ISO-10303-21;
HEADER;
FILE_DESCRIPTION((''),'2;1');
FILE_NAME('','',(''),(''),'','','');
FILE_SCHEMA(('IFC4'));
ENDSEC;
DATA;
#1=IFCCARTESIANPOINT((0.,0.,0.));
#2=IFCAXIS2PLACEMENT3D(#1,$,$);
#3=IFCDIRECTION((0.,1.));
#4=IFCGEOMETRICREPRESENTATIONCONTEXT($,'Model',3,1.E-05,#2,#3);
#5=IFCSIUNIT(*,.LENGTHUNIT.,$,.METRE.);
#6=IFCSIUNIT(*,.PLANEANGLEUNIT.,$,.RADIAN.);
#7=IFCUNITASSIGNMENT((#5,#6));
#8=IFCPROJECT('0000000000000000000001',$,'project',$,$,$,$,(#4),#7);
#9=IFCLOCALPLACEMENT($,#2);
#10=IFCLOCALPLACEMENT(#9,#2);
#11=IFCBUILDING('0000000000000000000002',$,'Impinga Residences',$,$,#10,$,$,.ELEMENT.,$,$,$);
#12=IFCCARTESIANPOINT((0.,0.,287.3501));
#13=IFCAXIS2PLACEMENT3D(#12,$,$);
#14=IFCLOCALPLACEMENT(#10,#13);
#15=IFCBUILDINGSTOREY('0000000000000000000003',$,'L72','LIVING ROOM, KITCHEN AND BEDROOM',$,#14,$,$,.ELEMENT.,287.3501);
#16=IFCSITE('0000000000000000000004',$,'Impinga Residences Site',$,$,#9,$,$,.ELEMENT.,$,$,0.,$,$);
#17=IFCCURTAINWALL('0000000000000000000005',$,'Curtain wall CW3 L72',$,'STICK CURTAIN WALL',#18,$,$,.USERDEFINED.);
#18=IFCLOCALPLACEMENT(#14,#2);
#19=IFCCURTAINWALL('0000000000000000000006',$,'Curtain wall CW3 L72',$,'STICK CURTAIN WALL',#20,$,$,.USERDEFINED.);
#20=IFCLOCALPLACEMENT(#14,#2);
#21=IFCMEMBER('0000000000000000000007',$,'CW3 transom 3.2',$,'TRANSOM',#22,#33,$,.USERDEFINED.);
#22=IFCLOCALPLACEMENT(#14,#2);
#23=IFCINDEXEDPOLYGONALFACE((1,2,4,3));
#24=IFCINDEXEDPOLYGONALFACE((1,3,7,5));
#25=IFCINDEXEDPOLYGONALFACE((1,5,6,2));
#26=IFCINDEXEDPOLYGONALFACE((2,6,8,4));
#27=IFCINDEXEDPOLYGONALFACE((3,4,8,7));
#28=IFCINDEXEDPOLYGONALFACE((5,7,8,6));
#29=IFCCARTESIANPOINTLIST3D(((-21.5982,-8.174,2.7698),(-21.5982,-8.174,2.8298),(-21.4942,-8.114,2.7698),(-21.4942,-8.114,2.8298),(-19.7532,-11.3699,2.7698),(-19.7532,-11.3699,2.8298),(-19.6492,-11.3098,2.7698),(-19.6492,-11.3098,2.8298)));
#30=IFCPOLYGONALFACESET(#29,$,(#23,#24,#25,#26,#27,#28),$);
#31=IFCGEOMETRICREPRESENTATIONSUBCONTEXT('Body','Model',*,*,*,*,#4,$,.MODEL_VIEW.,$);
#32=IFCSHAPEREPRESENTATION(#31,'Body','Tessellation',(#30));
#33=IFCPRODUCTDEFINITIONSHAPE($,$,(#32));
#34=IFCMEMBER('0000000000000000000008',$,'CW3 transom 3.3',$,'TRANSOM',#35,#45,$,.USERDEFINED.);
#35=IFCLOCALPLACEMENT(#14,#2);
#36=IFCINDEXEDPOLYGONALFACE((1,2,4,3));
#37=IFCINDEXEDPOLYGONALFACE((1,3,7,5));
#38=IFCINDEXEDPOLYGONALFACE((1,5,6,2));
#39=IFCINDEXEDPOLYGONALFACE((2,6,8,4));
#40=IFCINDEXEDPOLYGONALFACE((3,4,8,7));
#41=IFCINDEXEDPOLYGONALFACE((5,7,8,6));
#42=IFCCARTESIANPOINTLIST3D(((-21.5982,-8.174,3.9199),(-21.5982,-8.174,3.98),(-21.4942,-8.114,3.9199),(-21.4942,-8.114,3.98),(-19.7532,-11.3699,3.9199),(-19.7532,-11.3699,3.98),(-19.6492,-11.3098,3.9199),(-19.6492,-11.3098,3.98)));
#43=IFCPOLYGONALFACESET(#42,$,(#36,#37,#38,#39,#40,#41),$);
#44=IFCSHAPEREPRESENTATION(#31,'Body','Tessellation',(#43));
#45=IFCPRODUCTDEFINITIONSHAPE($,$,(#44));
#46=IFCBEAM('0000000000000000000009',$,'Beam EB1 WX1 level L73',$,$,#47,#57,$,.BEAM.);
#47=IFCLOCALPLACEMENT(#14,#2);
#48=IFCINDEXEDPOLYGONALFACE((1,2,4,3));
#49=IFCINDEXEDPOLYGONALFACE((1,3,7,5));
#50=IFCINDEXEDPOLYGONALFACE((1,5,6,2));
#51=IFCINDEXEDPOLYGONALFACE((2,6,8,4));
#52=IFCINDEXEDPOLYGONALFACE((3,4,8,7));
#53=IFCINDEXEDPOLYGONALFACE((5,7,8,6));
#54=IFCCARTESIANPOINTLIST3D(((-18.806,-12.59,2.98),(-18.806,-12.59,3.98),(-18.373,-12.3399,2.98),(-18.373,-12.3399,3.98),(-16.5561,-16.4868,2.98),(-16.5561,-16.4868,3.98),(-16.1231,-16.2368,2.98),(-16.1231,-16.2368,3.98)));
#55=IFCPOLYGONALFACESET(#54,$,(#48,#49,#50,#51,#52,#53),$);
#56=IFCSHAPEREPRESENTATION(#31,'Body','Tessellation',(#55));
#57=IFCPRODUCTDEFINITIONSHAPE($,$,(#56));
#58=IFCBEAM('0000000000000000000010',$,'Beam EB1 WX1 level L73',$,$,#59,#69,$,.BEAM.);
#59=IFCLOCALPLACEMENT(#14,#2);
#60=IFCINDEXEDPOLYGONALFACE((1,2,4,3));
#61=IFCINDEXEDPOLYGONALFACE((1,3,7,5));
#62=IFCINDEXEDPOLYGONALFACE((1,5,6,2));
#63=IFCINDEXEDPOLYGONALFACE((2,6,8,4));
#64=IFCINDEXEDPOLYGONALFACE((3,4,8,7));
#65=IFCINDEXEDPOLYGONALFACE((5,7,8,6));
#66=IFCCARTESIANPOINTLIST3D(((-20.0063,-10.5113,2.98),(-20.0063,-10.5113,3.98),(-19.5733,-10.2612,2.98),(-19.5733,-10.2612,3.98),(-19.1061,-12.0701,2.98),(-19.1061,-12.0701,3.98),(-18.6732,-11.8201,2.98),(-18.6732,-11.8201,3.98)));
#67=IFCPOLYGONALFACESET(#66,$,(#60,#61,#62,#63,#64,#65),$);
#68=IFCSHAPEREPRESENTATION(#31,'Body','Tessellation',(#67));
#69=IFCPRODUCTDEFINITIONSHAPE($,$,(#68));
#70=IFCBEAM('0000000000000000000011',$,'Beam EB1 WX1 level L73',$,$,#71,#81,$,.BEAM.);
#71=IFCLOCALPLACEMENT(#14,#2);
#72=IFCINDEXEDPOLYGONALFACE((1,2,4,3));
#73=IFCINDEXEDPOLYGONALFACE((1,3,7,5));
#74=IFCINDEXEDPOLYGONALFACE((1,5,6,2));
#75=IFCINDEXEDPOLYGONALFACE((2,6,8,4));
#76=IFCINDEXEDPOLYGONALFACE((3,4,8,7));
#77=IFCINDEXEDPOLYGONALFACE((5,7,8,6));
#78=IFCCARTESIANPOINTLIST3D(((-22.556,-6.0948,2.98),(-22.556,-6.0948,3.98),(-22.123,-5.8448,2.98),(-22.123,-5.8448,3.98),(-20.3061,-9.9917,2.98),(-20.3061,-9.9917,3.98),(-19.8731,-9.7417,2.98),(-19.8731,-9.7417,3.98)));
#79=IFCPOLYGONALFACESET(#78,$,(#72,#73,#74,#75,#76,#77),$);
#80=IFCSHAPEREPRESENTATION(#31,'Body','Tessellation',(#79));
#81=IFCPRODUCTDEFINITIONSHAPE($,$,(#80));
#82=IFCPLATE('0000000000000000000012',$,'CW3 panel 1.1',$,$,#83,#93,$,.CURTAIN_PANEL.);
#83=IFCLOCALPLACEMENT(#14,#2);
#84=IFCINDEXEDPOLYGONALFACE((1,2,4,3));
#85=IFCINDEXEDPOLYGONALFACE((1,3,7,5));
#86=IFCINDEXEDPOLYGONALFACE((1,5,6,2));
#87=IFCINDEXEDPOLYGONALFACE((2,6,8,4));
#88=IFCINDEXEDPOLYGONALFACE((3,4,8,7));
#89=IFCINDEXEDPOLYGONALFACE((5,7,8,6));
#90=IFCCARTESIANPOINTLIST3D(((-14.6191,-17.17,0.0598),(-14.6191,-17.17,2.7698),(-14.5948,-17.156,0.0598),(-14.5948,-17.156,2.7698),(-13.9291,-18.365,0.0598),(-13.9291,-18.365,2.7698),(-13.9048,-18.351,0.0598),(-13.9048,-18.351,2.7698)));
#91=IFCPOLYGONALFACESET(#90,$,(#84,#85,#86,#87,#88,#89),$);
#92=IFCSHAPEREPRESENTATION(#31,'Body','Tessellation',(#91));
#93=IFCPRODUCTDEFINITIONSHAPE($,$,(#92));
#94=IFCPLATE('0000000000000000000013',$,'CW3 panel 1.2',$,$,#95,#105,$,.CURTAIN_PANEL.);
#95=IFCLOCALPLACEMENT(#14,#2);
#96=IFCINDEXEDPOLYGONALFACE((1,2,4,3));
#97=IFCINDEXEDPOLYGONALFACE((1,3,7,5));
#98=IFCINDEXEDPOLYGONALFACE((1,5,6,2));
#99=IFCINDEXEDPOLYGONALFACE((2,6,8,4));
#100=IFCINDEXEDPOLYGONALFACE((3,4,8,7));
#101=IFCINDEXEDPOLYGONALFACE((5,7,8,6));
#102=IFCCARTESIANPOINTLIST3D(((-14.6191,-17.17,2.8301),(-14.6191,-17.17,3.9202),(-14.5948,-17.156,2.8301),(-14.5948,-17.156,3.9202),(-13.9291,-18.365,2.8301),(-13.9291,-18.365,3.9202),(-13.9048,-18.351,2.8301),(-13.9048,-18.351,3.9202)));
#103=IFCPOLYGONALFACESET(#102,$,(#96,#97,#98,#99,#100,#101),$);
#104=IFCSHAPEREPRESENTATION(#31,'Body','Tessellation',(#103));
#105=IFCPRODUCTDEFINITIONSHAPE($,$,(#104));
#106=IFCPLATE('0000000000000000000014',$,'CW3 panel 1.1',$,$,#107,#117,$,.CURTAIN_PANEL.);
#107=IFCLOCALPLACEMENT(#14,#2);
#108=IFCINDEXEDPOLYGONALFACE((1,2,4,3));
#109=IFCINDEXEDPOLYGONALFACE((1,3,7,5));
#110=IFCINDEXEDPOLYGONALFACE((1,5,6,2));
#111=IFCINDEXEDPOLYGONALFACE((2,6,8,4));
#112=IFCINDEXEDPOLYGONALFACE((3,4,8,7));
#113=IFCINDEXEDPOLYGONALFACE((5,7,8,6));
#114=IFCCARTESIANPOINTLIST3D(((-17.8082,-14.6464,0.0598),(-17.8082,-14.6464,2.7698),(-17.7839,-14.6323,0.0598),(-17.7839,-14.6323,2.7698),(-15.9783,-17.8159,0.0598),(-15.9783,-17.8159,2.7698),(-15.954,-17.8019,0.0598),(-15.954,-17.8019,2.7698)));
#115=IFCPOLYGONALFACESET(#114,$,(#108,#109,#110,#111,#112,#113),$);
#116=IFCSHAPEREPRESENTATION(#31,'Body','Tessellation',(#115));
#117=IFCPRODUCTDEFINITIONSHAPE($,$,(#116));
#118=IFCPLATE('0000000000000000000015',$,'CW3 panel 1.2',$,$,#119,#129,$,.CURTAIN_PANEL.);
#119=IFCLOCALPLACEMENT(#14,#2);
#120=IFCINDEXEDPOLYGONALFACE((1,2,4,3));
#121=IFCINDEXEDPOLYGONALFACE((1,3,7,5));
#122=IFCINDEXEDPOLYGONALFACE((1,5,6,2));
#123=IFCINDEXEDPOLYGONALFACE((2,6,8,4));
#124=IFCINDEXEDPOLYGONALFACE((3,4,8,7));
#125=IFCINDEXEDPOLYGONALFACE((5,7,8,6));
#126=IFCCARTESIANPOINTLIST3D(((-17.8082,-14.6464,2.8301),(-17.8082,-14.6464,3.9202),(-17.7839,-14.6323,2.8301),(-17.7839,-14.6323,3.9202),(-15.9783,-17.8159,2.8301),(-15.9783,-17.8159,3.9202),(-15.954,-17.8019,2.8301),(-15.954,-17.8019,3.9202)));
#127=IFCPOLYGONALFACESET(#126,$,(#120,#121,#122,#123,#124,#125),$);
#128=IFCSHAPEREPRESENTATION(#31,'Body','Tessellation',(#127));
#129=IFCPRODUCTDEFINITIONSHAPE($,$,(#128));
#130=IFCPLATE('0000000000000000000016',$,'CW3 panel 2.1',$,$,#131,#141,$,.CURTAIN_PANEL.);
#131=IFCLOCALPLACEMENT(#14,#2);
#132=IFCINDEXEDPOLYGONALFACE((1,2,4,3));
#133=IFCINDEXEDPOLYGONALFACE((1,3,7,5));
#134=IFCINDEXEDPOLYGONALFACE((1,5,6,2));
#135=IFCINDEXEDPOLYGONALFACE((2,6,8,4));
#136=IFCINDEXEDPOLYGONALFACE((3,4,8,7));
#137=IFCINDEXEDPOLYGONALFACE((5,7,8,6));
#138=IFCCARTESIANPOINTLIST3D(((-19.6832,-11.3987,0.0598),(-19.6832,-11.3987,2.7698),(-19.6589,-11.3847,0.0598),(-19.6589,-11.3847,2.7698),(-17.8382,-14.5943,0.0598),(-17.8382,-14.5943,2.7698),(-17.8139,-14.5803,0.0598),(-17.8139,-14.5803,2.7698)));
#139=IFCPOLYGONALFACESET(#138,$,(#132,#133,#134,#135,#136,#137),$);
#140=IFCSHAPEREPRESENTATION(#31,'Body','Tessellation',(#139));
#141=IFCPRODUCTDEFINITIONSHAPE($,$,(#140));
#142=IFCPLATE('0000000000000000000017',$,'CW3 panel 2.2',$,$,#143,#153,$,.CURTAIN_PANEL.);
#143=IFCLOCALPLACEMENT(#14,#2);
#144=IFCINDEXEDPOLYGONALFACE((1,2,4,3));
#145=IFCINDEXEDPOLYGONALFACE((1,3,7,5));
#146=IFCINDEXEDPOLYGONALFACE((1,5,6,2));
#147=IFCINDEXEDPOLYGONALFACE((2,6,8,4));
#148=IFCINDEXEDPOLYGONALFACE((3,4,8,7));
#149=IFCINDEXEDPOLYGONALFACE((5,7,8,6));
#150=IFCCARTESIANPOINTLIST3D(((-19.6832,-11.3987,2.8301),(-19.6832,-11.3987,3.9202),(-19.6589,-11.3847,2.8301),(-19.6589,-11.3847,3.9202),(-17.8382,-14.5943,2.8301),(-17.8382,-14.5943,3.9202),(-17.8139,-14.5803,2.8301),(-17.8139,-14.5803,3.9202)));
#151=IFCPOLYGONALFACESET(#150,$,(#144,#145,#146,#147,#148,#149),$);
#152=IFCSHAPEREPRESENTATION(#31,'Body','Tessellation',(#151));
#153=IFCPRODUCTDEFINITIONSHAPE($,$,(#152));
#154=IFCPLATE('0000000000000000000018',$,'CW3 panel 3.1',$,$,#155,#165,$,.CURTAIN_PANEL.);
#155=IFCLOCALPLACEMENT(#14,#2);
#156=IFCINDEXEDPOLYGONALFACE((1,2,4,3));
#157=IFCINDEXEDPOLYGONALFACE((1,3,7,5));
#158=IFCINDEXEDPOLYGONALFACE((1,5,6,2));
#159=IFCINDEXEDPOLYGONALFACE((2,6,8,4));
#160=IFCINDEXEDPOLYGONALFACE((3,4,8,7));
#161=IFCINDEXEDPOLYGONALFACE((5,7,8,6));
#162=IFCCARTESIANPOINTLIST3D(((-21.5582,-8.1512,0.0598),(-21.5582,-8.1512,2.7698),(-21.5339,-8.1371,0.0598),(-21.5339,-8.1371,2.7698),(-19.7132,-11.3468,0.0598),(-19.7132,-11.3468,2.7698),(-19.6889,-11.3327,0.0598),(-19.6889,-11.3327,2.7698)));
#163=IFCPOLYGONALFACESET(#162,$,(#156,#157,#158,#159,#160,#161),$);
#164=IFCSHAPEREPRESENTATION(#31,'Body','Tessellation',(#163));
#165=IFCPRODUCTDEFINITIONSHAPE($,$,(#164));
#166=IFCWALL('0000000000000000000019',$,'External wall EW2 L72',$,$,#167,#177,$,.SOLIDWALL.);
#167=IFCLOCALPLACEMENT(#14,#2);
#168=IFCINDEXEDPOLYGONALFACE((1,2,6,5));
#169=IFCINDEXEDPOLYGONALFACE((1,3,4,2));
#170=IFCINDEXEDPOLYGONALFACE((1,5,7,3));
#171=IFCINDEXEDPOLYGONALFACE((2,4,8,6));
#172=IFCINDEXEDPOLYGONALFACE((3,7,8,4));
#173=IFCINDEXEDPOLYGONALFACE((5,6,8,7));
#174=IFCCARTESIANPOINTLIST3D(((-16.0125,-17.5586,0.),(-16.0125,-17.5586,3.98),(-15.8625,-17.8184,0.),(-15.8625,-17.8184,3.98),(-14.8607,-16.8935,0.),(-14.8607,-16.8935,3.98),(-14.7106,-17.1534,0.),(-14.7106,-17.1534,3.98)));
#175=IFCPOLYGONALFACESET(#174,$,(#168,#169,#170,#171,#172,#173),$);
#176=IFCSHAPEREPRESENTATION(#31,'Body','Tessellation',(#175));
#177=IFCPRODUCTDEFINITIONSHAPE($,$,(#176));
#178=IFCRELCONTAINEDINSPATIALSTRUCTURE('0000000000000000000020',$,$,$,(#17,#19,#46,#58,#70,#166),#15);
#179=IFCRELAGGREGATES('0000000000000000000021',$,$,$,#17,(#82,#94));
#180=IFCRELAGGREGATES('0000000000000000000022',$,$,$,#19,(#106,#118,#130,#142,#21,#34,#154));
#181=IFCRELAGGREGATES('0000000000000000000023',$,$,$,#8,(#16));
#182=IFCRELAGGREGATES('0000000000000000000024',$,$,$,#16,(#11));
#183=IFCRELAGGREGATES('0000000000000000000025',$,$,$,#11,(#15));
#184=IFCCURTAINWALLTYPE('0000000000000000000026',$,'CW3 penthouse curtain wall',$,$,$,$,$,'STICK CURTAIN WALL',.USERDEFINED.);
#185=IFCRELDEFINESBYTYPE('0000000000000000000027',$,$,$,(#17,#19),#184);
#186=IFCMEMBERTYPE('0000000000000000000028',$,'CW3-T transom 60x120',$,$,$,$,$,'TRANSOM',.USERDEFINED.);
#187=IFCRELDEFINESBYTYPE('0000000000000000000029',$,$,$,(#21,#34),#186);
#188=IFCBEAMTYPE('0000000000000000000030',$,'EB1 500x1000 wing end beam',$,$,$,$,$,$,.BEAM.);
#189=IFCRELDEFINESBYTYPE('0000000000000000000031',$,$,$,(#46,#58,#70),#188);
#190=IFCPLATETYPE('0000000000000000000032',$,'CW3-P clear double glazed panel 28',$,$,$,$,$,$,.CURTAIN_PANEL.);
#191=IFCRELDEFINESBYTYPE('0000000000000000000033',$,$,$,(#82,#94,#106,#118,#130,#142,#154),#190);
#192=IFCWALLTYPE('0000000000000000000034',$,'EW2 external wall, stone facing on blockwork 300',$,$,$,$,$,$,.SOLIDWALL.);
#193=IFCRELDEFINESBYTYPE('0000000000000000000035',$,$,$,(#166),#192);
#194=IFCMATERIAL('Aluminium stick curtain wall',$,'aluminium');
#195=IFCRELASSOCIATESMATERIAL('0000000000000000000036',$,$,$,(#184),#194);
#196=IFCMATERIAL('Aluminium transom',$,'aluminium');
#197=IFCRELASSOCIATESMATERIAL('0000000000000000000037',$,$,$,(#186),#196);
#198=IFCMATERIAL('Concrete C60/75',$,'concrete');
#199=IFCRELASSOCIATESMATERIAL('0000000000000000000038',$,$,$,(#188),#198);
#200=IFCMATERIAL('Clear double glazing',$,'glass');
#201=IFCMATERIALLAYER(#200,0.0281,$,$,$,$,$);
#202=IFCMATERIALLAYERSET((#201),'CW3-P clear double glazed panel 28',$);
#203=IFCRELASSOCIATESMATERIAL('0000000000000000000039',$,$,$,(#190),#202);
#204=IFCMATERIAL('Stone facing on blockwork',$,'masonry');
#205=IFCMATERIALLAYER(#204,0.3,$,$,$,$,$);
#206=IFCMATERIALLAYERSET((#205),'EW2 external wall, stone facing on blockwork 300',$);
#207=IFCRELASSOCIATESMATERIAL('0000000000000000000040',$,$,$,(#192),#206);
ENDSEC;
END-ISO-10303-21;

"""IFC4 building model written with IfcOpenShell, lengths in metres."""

from ifc_helpers import new_model, si_unit, direction, frame, frame_2d, origin, origin_2d, place, context, subcontext, project, spatial, rectangle, extrude, material, layer, layer_set, material_profile, profile_set, type_object, element, aggregate, save


model = new_model("IFC4")

# Units and contexts
model_context = context("Model", 3, precision=1e-05, world=origin(), true_north=direction((0.0, 1.0)))
body_context = subcontext(model_context, "Body", "Model", "MODEL_VIEW")
ifc_project = project(units=[si_unit("LENGTHUNIT", "METRE"), si_unit("PLANEANGLEUNIT", "RADIAN")], contexts=[model_context])

# Site, building, storey
site_placement = place(None, origin())
site = spatial("IfcSite", under=ifc_project, at=site_placement, Name="Impinga Residences Site", CompositionType="ELEMENT", RefElevation=0.0)
building_placement = place(site_placement, origin())
building = spatial("IfcBuilding", under=site, at=building_placement, Name="Impinga Residences", CompositionType="ELEMENT")
storey_placement = place(building_placement, frame((0.0, 0.0, 287.3501)))
storey = spatial("IfcBuildingStorey", under=building, at=storey_placement, Name="L72", Description="LIVING ROOM, KITCHEN AND BEDROOM", CompositionType="ELEMENT", Elevation=287.3501)

# Shared definitions
ifc_material_1 = material(Name="Concrete C60/75", Category="concrete")

# Curtain wall
ifc_material_2 = material(Name="Aluminium stick curtain wall", Category="aluminium")
curtain_wall_type = type_object("IfcCurtainWallType", Name="CW3 penthouse curtain wall", ElementType="STICK CURTAIN WALL", PredefinedType="USERDEFINED", material=ifc_material_2)
curtain_wall_1_placement = place(storey_placement, origin())
curtain_wall_1 = element("IfcCurtainWall", 1, at=curtain_wall_1_placement, inside=storey, type_object=curtain_wall_type, Name="Curtain wall CW3 L72", ObjectType="STICK CURTAIN WALL", PredefinedType="USERDEFINED")

# Curtain wall
curtain_wall_2_placement = place(storey_placement, origin())
curtain_wall_2 = element("IfcCurtainWall", 2, at=curtain_wall_2_placement, inside=storey, type_object=curtain_wall_type, Name="Curtain wall CW3 L72", ObjectType="STICK CURTAIN WALL", PredefinedType="USERDEFINED")

# Members
ifc_material_3 = material(Name="Aluminium transom", Category="aluminium")
ifc_material_profile_1 = material_profile(ifc_material_3, rectangle(XDim=0.0601, YDim=0.1201, at=origin_2d()), Name="60x120 transom")
ifc_profile_set_1 = profile_set([ifc_material_profile_1], Name="Aluminium transom")
member_type_1 = type_object("IfcMemberType", Name="CW3-T transom 60x120", ElementType="TRANSOM", PredefinedType="USERDEFINED", material=ifc_profile_set_1)
member_1_placement = place(storey_placement, frame((-19.7012, -11.3398, 2.7998), z_axis=(-0.499974, 0.86604, 0.0), x_axis=(0.0, 0.0, 1.0)))
member_1 = element("IfcMember", 3, at=member_1_placement, type_object=member_type_1, Name="CW3 transom 3.2", ObjectType="TRANSOM", PredefinedType="USERDEFINED", context=body_context, shape_type="SweptSolid", body=[
    extrude(rectangle(XDim=0.0601, YDim=0.1201, at=origin_2d()), origin(), (0.0, 0.0, 1.0), 3.6902),
])
member_2_placement = place(storey_placement, frame((-19.7012, -11.3398, 3.95), z_axis=(-0.499974, 0.86604, 0.0), x_axis=(0.0, 0.0, 1.0)))
member_2 = element("IfcMember", 4, at=member_2_placement, type_object=member_type_1, Name="CW3 transom 3.3", ObjectType="TRANSOM", PredefinedType="USERDEFINED", context=body_context, shape_type="SweptSolid", body=[
    extrude(rectangle(XDim=0.0601, YDim=0.1201, at=origin_2d()), origin(), (0.0, 0.0, 1.0), 3.6902),
])

# Beams
ifc_material_profile_2 = material_profile(ifc_material_1, rectangle(XDim=0.5, YDim=1.0, at=origin_2d()), Name="RC 500x1000")
ifc_profile_set_2 = profile_set([ifc_material_profile_2], Name="Concrete C60/75")
beam_type_1 = type_object("IfcBeamType", Name="EB1 500x1000 wing end beam", PredefinedType="BEAM", material=ifc_profile_set_2)
beam_1_placement = place(storey_placement, frame((-16.3396, -16.3618, 3.48), z_axis=(-0.500014, 0.866018, 0.0), x_axis=(-0.866018, -0.500014, 0.0)))
element("IfcBeam", 5, at=beam_1_placement, inside=storey, type_object=beam_type_1, Name="Beam EB1 WX1 level L73", PredefinedType="BEAM", context=body_context, shape_type="SweptSolid", body=[
    extrude(rectangle(XDim=0.5, YDim=1.0, at=origin_2d()), origin(), (0.0, 0.0, 1.0), 4.4998),
])
beam_2_placement = place(storey_placement, frame((-18.8896, -11.9451, 3.48), z_axis=(-0.500063, 0.865989, 0.0), x_axis=(-0.865989, -0.500063, 0.0)))
element("IfcBeam", 6, at=beam_2_placement, inside=storey, type_object=beam_type_1, Name="Beam EB1 WX1 level L73", PredefinedType="BEAM", context=body_context, shape_type="SweptSolid", body=[
    extrude(rectangle(XDim=0.5, YDim=1.0, at=origin_2d()), origin(), (0.0, 0.0, 1.0), 1.8),
])
beam_3_placement = place(storey_placement, frame((-20.0896, -9.8667, 3.48), z_axis=(-0.500014, 0.866018, 0.0), x_axis=(-0.866018, -0.500014, 0.0)))
element("IfcBeam", 7, at=beam_3_placement, inside=storey, type_object=beam_type_1, Name="Beam EB1 WX1 level L73", PredefinedType="BEAM", context=body_context, shape_type="SweptSolid", body=[
    extrude(rectangle(XDim=0.5, YDim=1.0, at=origin_2d()), origin(), (0.0, 0.0, 1.0), 4.4998),
])

# Plates
ifc_material_4 = material(Name="Clear double glazing", Category="glass")
ifc_layer_1 = layer(ifc_material_4, 0.0281)
ifc_layer_set_1 = layer_set([ifc_layer_1], Name="CW3-P clear double glazed panel 28")
plate_type = type_object("IfcPlateType", Name="CW3-P clear double glazed panel 28", PredefinedType="CURTAIN_PANEL", material=ifc_layer_set_1)
plate_1_placement = place(storey_placement, frame((-14.262, -17.7605, 0.0598), z_axis=(0.0, 0.0, 1.0), x_axis=(-0.5, 0.866025, 0.0)))
plate_1 = element("IfcPlate", 8, at=plate_1_placement, type_object=plate_type, Name="CW3 panel 1.1", PredefinedType="CURTAIN_PANEL", context=body_context, shape_type="SweptSolid", body=[
    extrude(rectangle(XDim=1.3799, YDim=0.0281, at=origin_2d()), origin(), (0.0, 0.0, 1.0), 2.71),
])
plate_2_placement = place(storey_placement, frame((-14.262, -17.7605, 2.8301), z_axis=(0.0, 0.0, 1.0), x_axis=(-0.5, 0.866025, 0.0)))
plate_2 = element("IfcPlate", 9, at=plate_2_placement, type_object=plate_type, Name="CW3 panel 1.2", PredefinedType="CURTAIN_PANEL", context=body_context, shape_type="SweptSolid", body=[
    extrude(rectangle(XDim=1.3799, YDim=0.0281, at=origin_2d()), origin(), (0.0, 0.0, 1.0), 1.0901),
])
aggregate(curtain_wall_1, [plate_1, plate_2])
plate_3_placement = place(storey_placement, frame((-16.8811, -16.2241, 0.0598), z_axis=(0.0, 0.0, 1.0), x_axis=(-0.5, 0.866025, 0.0)))
plate_3 = element("IfcPlate", 10, at=plate_3_placement, type_object=plate_type, Name="CW3 panel 1.1", PredefinedType="CURTAIN_PANEL", context=body_context, shape_type="SweptSolid", body=[
    extrude(rectangle(XDim=3.6599, YDim=0.0281, at=origin_2d()), origin(), (0.0, 0.0, 1.0), 2.71),
])
plate_4_placement = place(storey_placement, frame((-16.8811, -16.2241, 2.8301), z_axis=(0.0, 0.0, 1.0), x_axis=(-0.5, 0.866025, 0.0)))
plate_4 = element("IfcPlate", 11, at=plate_4_placement, type_object=plate_type, Name="CW3 panel 1.2", PredefinedType="CURTAIN_PANEL", context=body_context, shape_type="SweptSolid", body=[
    extrude(rectangle(XDim=3.6599, YDim=0.0281, at=origin_2d()), origin(), (0.0, 0.0, 1.0), 1.0901),
])
plate_5_placement = place(storey_placement, frame((-18.7485, -12.9895, 0.0598), z_axis=(0.0, 0.0, 1.0), x_axis=(-0.5, 0.866025, 0.0)))
plate_5 = element("IfcPlate", 12, at=plate_5_placement, type_object=plate_type, Name="CW3 panel 2.1", PredefinedType="CURTAIN_PANEL", context=body_context, shape_type="SweptSolid", body=[
    extrude(rectangle(XDim=3.6899, YDim=0.0281, at=origin_2d()), origin(), (0.0, 0.0, 1.0), 2.71),
])
plate_6_placement = place(storey_placement, frame((-18.7485, -12.9895, 2.8301), z_axis=(0.0, 0.0, 1.0), x_axis=(-0.5, 0.866025, 0.0)))
plate_6 = element("IfcPlate", 13, at=plate_6_placement, type_object=plate_type, Name="CW3 panel 2.2", PredefinedType="CURTAIN_PANEL", context=body_context, shape_type="SweptSolid", body=[
    extrude(rectangle(XDim=3.6899, YDim=0.0281, at=origin_2d()), origin(), (0.0, 0.0, 1.0), 1.0901),
])
plate_7_placement = place(storey_placement, frame((-20.6235, -9.7419, 0.0598), z_axis=(0.0, 0.0, 1.0), x_axis=(-0.5, 0.866025, 0.0)))
plate_7 = element("IfcPlate", 14, at=plate_7_placement, type_object=plate_type, Name="CW3 panel 3.1", PredefinedType="CURTAIN_PANEL", context=body_context, shape_type="SweptSolid", body=[
    extrude(rectangle(XDim=3.6899, YDim=0.0281, at=origin_2d()), origin(), (0.0, 0.0, 1.0), 2.71),
])
aggregate(curtain_wall_2, [plate_3, plate_4, plate_5, plate_6, member_1, member_2, plate_7])

# Wall
ifc_material_5 = material(Name="Stone facing on blockwork", Category="masonry")
ifc_layer_2 = layer(ifc_material_5, 0.3)
ifc_layer_set_2 = layer_set([ifc_layer_2], Name="EW2 external wall, stone facing on blockwork 300")
wall_type = type_object("IfcWallType", Name="EW2 external wall, stone facing on blockwork 300", PredefinedType="SOLIDWALL", material=ifc_layer_set_2)
wall_placement = place(storey_placement, frame((-14.7856, -17.0234, 0.0), z_axis=(0.0, 0.0, 1.0), x_axis=(-0.866021, -0.500008, 0.0)))
element("IfcWall", 15, at=wall_placement, inside=storey, type_object=wall_type, Name="External wall EW2 L72", PredefinedType="SOLIDWALL", context=body_context, shape_type="SweptSolid", body=[
    extrude(rectangle(XDim=1.3301, YDim=0.3, at=frame_2d((0.665, 0.0))), origin(), (0.0, 0.0, 1.0), 3.98),
])

save(model, "model.ifc")
